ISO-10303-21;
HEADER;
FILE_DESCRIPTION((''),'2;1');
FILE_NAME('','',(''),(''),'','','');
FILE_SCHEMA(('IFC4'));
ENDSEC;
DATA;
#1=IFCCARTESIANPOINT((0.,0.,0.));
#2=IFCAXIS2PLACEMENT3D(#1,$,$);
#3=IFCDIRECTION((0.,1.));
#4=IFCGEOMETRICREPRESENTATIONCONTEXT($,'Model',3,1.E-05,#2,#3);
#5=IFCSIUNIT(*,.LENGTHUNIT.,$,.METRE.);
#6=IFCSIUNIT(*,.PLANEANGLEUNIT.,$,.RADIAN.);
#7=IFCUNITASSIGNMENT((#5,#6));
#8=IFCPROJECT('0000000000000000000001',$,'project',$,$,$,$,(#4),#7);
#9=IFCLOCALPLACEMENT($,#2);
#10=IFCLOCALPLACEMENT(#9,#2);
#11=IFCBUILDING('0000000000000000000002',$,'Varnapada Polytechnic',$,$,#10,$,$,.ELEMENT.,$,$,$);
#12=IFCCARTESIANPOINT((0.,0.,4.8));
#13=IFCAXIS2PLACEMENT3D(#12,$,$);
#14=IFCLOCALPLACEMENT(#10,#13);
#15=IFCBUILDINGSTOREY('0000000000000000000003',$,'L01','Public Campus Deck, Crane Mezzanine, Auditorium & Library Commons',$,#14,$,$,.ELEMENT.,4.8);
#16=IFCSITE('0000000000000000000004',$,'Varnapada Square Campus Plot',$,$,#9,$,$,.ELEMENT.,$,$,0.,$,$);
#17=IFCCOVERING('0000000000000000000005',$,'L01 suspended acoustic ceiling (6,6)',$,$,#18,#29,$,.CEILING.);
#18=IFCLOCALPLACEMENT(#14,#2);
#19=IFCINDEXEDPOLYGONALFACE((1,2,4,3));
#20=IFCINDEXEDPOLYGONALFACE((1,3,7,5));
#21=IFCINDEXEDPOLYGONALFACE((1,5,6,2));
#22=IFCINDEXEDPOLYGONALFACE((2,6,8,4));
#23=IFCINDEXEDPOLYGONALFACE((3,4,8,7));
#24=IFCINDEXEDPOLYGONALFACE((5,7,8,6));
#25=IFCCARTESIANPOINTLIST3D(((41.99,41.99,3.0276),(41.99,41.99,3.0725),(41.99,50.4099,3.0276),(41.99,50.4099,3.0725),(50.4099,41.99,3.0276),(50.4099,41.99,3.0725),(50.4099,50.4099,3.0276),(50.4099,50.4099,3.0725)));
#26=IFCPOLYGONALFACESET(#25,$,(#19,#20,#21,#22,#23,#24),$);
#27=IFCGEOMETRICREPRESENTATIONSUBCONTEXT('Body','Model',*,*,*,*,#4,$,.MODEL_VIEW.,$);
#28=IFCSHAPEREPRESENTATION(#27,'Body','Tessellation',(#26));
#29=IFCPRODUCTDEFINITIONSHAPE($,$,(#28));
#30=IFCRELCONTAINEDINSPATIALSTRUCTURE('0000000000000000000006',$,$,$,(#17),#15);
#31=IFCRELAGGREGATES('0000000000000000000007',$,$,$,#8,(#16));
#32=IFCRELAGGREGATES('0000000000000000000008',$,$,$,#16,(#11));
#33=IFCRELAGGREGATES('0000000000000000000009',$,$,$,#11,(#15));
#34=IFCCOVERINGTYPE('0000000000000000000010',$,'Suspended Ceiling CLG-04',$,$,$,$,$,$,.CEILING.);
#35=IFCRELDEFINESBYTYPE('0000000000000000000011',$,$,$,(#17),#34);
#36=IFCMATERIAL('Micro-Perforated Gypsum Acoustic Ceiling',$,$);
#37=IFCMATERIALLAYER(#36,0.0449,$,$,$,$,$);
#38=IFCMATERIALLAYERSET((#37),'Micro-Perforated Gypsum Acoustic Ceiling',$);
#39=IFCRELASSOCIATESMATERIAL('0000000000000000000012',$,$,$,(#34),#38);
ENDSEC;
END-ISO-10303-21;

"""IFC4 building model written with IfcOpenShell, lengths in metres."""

from ifc_helpers import new_model, si_unit, direction, frame, origin, origin_2d, place, context, subcontext, project, spatial, rectangle, extrude, material, layer, layer_set, type_object, element, save


model = new_model("IFC4")

# Units and contexts
model_context = context("Model", 3, precision=1e-05, world=origin(), true_north=direction((0.0, 1.0)))
body_context = subcontext(model_context, "Body", "Model", "MODEL_VIEW")
ifc_project = project(units=[si_unit("LENGTHUNIT", "METRE"), si_unit("PLANEANGLEUNIT", "RADIAN")], contexts=[model_context])

# Site, building, storey
site_placement = place(None, origin())
site = spatial("IfcSite", under=ifc_project, at=site_placement, Name="Varnapada Square Campus Plot", CompositionType="ELEMENT", RefElevation=0.0)
building_placement = place(site_placement, origin())
building = spatial("IfcBuilding", under=site, at=building_placement, Name="Varnapada Polytechnic", CompositionType="ELEMENT")
storey_placement = place(building_placement, frame((0.0, 0.0, 4.8)))
storey = spatial("IfcBuildingStorey", under=building, at=storey_placement, Name="L01", Description="Public Campus Deck, Crane Mezzanine, Auditorium & Library Commons", CompositionType="ELEMENT", Elevation=4.8)

# Covering
ifc_material_1 = material(Name="Micro-Perforated Gypsum Acoustic Ceiling")
ifc_layer_1 = layer(ifc_material_1, 0.0449)
ifc_layer_set_1 = layer_set([ifc_layer_1], Name="Micro-Perforated Gypsum Acoustic Ceiling")
covering_type_1 = type_object("IfcCoveringType", Name="Suspended Ceiling CLG-04", PredefinedType="CEILING", material=ifc_layer_set_1)
covering_1_placement = place(storey_placement, frame((46.2, 46.2, 3.0276), z_axis=(0.0, 0.0, 1.0), x_axis=(1.0, 0.0, 0.0)))
element("IfcCovering", 1, at=covering_1_placement, inside=storey, type_object=covering_type_1, Name="L01 suspended acoustic ceiling (6,6)", PredefinedType="CEILING", context=body_context, shape_type="SweptSolid", body=[
    extrude(rectangle(XDim=8.4199, YDim=8.4199, at=origin_2d()), origin(), (0.0, 0.0, 1.0), 0.0449),
])

save(model, "model.ifc")
